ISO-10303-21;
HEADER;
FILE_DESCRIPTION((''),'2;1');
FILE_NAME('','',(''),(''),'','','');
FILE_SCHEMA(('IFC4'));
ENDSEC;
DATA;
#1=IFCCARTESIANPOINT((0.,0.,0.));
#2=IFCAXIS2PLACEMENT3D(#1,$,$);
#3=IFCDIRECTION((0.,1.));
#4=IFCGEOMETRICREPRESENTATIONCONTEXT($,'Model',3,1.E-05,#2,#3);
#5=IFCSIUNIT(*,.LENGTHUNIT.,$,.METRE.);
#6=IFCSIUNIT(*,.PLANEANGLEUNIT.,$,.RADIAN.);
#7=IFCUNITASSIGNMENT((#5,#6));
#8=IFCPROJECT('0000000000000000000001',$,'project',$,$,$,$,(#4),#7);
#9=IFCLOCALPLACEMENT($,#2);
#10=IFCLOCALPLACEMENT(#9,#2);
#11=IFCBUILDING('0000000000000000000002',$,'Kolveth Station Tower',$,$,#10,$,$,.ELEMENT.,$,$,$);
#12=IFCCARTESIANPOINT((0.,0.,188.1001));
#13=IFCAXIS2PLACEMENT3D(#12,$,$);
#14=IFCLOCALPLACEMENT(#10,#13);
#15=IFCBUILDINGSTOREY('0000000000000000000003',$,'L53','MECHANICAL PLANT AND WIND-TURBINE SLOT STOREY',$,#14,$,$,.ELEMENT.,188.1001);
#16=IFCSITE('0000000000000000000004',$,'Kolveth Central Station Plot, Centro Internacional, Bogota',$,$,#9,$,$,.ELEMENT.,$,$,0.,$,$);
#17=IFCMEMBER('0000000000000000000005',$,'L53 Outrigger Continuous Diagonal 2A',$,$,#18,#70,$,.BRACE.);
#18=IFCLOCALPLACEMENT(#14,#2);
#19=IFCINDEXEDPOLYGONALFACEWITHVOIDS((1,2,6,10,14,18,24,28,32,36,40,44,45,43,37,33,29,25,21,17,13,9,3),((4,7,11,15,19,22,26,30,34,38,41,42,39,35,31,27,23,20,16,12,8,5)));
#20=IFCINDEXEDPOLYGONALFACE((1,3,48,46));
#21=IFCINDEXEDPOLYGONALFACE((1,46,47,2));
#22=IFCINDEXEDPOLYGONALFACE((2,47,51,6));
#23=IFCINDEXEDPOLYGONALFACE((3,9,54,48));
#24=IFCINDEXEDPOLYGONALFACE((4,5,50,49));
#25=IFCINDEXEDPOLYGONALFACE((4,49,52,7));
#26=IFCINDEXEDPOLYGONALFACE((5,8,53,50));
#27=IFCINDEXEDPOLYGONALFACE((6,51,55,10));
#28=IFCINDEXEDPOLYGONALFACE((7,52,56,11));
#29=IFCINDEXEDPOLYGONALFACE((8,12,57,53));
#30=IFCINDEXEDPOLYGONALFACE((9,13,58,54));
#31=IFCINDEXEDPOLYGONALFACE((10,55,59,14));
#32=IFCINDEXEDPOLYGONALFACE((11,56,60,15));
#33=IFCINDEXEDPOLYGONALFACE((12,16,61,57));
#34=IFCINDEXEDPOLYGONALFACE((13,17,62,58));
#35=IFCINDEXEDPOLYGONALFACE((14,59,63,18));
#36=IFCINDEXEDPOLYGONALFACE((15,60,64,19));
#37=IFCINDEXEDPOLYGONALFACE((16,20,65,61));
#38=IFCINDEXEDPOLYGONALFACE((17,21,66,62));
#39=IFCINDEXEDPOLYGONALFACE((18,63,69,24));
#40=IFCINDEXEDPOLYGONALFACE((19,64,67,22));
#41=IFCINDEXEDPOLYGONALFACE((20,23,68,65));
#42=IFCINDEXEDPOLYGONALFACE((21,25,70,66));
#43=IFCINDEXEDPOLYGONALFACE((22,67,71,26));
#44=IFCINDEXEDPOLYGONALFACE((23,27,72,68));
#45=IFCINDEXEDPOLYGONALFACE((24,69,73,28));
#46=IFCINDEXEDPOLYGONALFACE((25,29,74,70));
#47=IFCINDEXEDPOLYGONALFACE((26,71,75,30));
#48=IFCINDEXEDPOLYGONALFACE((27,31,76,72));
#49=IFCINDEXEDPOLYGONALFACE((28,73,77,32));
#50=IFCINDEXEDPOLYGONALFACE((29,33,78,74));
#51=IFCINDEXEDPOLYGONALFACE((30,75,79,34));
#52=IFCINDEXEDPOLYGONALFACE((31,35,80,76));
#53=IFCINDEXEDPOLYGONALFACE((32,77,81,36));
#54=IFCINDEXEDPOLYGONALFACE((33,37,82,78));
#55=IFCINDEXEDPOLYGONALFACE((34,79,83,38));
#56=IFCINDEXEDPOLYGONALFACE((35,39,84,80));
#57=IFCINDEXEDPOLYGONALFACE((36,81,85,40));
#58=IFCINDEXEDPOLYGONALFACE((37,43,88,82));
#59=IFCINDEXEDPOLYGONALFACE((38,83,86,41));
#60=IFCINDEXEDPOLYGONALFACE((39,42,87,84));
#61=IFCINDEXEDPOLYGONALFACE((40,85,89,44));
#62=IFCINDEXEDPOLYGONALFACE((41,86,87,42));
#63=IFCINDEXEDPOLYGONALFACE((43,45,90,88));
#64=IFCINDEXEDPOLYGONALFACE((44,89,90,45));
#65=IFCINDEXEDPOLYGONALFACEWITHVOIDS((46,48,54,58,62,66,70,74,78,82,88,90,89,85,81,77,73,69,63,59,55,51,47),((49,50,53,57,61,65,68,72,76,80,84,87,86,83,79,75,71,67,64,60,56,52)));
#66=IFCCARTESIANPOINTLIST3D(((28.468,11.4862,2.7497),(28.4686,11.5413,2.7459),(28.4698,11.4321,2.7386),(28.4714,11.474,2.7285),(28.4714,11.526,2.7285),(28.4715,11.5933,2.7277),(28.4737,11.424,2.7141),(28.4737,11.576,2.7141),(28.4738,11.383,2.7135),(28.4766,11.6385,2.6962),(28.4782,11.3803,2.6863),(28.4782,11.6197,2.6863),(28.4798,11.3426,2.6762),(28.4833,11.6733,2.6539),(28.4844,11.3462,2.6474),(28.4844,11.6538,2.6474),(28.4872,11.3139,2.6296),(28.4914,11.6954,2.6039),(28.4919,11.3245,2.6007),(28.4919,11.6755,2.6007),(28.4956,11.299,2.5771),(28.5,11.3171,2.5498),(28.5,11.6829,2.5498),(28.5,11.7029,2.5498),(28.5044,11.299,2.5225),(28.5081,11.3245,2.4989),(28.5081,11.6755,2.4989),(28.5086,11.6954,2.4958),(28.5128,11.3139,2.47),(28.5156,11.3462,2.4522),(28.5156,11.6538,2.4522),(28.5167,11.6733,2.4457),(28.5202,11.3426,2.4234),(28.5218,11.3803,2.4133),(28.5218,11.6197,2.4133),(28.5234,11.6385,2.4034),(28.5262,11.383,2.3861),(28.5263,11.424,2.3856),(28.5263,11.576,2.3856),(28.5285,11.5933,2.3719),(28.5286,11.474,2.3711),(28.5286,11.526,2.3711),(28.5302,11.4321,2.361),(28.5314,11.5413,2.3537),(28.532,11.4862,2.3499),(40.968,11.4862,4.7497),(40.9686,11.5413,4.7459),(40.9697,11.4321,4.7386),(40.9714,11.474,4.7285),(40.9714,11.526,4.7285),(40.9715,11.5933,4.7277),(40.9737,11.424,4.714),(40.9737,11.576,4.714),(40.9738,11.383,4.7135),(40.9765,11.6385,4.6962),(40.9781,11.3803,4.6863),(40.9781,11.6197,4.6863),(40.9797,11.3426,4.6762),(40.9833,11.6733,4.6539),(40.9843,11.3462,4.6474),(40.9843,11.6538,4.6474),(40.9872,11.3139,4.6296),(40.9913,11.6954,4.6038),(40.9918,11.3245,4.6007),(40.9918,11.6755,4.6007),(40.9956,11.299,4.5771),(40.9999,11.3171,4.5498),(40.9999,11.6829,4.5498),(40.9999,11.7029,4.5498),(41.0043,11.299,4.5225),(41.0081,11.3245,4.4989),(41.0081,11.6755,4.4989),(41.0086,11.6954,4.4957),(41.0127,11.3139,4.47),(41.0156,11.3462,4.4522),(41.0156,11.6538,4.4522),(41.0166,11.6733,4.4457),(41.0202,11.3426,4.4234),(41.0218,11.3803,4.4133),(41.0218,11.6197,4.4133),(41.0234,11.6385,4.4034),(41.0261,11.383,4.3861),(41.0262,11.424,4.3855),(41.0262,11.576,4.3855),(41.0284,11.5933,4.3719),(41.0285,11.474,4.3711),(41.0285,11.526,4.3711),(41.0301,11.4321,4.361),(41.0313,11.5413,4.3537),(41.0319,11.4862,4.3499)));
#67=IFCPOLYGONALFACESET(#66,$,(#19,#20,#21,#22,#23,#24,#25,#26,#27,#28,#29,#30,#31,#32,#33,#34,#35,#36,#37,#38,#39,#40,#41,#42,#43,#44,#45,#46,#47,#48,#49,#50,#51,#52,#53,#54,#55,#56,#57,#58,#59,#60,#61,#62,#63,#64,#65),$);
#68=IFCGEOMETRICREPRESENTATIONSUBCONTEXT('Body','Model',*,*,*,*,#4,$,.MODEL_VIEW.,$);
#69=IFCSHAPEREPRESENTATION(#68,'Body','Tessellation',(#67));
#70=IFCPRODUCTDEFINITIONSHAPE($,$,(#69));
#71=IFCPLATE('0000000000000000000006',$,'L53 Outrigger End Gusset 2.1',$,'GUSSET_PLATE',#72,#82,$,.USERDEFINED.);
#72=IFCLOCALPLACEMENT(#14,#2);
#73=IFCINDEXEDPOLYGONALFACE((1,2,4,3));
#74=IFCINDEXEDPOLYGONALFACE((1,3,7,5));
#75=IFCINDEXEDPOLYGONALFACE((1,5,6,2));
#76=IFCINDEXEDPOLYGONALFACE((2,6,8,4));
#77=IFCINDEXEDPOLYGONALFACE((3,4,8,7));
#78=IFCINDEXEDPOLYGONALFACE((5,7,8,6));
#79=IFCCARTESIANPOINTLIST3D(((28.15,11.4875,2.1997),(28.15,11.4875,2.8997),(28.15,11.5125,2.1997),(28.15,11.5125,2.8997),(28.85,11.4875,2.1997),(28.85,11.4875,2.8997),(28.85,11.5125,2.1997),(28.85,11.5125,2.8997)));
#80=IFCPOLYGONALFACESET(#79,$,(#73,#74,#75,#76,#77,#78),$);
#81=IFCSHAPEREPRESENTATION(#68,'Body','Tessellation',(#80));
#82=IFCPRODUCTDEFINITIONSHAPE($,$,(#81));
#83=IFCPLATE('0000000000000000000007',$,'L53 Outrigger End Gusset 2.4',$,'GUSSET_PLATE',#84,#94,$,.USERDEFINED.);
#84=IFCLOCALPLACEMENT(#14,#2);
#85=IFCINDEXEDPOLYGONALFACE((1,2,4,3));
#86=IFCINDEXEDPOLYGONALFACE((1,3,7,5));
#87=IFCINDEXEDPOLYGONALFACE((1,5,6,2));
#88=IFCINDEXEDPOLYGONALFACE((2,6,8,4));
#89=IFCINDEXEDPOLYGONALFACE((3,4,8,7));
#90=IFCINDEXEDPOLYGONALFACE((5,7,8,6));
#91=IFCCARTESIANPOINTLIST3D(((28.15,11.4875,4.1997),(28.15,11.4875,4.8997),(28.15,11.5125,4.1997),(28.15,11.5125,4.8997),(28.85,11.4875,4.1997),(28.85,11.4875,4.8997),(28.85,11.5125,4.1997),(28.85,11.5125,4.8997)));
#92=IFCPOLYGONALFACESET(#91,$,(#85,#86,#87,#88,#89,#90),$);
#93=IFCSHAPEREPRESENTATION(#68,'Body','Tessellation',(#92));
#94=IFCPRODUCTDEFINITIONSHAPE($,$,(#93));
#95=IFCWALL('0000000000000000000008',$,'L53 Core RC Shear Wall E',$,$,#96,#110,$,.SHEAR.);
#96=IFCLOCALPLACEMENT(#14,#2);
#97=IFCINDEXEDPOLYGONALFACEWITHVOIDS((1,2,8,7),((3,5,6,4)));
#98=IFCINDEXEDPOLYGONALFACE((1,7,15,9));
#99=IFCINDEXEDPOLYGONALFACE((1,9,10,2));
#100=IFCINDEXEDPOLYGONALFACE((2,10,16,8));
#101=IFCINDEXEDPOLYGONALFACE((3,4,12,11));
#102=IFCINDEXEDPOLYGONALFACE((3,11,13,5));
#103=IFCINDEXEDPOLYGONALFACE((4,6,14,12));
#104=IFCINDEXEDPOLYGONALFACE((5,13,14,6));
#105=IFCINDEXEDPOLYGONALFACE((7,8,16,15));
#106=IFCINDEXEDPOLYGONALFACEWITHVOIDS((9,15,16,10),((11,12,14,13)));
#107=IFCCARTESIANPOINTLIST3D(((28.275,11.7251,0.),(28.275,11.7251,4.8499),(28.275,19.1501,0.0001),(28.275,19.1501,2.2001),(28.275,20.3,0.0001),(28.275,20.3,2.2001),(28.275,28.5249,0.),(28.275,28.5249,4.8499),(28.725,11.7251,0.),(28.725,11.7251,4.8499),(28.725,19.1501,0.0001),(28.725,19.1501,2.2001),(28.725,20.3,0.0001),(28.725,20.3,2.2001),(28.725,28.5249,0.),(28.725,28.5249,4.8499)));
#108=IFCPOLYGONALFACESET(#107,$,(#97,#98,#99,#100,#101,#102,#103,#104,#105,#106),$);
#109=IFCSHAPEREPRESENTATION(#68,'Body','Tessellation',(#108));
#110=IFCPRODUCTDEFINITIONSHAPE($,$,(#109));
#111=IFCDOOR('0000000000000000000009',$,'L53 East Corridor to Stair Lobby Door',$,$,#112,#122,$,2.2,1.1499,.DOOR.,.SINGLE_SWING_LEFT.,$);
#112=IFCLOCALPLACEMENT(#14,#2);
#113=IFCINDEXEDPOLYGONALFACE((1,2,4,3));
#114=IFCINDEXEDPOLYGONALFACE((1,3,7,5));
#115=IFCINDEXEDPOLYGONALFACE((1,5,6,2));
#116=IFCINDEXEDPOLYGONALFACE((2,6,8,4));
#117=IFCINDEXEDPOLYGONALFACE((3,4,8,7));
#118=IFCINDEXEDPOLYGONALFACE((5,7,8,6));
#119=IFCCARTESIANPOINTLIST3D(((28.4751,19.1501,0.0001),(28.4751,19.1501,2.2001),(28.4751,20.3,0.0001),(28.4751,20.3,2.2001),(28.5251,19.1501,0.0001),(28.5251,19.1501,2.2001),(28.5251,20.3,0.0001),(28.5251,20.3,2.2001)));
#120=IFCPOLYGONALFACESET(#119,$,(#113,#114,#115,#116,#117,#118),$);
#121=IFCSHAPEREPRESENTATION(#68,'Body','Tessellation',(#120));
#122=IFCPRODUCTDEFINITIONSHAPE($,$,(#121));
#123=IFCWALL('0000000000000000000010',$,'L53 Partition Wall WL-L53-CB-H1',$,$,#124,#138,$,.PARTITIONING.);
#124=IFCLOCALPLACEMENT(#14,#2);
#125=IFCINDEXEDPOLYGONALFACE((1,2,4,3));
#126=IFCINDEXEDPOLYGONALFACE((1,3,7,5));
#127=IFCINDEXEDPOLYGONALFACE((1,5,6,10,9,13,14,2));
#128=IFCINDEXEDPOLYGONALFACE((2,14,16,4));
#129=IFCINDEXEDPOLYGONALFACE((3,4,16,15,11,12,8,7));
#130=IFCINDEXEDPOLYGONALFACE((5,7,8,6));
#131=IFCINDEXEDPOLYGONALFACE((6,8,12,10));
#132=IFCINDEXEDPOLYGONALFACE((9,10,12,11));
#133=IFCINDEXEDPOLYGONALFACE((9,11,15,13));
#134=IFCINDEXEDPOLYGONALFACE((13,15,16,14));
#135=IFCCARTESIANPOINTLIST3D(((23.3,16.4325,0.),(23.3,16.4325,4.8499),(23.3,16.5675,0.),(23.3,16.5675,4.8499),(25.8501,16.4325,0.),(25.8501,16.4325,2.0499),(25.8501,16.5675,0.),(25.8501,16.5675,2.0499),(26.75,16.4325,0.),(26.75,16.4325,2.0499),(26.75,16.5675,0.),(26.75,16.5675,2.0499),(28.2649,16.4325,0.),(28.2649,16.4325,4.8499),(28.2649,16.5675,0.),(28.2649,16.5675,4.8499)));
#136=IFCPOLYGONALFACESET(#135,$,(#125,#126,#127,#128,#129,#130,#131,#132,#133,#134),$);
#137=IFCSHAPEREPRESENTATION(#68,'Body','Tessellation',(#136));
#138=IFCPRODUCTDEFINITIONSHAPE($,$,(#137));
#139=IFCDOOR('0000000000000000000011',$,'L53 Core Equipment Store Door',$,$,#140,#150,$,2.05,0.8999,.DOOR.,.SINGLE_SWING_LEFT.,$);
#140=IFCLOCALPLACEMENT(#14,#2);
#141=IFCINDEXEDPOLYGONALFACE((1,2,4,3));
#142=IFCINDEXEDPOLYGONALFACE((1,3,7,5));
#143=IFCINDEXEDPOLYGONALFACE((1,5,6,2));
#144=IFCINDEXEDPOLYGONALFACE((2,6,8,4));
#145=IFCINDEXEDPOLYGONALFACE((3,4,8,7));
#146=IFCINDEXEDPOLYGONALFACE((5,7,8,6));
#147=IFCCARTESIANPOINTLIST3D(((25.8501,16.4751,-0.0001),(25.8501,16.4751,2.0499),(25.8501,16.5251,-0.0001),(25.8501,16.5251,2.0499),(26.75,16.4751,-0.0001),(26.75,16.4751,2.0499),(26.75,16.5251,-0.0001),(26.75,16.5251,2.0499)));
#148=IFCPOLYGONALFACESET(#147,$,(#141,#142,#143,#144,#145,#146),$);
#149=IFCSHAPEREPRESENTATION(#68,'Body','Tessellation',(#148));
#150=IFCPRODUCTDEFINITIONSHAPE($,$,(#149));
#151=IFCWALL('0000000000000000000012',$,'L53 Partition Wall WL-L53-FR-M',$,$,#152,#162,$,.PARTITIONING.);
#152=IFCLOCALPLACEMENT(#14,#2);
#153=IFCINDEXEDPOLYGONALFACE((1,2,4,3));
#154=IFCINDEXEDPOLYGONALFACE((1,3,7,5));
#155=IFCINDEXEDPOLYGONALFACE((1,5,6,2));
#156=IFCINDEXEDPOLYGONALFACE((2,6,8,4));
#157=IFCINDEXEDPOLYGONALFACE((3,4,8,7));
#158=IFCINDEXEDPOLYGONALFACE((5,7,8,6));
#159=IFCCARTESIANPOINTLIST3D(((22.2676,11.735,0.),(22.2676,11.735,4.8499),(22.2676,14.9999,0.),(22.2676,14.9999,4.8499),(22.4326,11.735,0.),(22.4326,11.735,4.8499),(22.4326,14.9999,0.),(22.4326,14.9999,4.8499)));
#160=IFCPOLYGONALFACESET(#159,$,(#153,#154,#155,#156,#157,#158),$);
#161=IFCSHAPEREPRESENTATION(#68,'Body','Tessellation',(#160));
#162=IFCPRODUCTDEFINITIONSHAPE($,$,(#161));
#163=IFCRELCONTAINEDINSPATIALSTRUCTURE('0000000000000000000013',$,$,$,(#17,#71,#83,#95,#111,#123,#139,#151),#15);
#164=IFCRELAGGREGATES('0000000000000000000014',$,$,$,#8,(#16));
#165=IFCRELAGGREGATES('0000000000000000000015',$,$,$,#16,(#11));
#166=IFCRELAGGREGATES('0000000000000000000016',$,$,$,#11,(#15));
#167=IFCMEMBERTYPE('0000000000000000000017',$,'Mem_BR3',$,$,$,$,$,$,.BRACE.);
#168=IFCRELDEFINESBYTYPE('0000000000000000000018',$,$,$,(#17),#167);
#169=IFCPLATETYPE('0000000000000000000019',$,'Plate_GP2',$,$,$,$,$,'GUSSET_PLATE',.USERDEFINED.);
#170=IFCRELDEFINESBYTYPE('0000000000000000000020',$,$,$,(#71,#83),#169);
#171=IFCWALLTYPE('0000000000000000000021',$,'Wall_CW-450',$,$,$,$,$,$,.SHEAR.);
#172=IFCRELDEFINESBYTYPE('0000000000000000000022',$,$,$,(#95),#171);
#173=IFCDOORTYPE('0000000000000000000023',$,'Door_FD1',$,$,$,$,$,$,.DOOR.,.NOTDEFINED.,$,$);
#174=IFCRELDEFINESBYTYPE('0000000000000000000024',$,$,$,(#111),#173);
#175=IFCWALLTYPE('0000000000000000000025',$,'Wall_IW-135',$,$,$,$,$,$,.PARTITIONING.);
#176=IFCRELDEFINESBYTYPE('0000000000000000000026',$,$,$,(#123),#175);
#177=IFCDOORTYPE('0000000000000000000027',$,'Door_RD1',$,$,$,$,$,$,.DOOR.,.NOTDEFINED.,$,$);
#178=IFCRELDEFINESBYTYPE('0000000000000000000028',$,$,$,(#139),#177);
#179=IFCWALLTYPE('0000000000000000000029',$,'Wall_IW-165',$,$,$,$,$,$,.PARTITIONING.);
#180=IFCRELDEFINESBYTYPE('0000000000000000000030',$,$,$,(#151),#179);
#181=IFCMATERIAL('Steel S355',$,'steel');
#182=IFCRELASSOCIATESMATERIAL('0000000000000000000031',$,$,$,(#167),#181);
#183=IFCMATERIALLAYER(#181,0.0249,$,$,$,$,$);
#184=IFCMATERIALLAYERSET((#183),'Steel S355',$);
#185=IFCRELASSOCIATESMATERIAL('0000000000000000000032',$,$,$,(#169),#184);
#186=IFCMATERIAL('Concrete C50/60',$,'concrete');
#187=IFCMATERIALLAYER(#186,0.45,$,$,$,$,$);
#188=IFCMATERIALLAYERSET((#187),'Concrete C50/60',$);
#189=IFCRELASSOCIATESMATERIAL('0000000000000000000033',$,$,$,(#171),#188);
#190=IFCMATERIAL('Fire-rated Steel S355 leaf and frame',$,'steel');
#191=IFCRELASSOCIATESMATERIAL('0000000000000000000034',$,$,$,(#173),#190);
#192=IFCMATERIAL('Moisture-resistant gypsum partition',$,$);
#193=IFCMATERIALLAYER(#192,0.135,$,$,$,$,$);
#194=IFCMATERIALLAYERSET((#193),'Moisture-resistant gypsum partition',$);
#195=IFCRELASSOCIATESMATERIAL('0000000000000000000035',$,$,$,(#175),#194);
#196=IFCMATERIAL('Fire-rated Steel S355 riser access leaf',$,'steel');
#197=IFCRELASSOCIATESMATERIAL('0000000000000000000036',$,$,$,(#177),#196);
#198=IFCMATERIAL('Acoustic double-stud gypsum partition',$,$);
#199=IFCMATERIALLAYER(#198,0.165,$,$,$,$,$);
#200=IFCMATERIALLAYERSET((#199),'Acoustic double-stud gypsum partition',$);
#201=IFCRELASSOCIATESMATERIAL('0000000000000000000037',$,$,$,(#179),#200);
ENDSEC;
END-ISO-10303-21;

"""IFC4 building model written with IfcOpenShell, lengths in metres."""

from ifc_helpers import new_model, si_unit, direction, frame, frame_2d, origin, origin_2d, place, context, subcontext, project, spatial, rectangle, hollow_circle, extrude, source, transform, mapped, material, layer, layer_set, material_profile, profile_set, type_object, element, fill, save


model = new_model("IFC4")

# Units and contexts
model_context = context("Model", 3, precision=1e-05, world=origin(), true_north=direction((0.0, 1.0)))
body_context = subcontext(model_context, "Body", "Model", "MODEL_VIEW")
ifc_project = project(units=[si_unit("LENGTHUNIT", "METRE"), si_unit("PLANEANGLEUNIT", "RADIAN")], contexts=[model_context])

# Site, building, storey
site_placement = place(None, origin())
site = spatial("IfcSite", under=ifc_project, at=site_placement, Name="Kolveth Central Station Plot, Centro Internacional, Bogota", CompositionType="ELEMENT", RefElevation=0.0)
building_placement = place(site_placement, origin())
building = spatial("IfcBuilding", under=site, at=building_placement, Name="Kolveth Station Tower", CompositionType="ELEMENT")
storey_placement = place(building_placement, frame((0.0, 0.0, 188.1001)))
storey = spatial("IfcBuildingStorey", under=building, at=storey_placement, Name="L53", Description="MECHANICAL PLANT AND WIND-TURBINE SLOT STOREY", CompositionType="ELEMENT", Elevation=188.1001)

# Shared definitions
ifc_material_1 = material(Name="Steel S355", Category="steel")

# Member
ifc_material_profile_1 = material_profile(ifc_material_1, hollow_circle(Radius=0.2029, WallThickness=0.02, at=origin_2d()), Name="CHS406x20")
ifc_profile_set_1 = profile_set([ifc_material_profile_1], Name="Steel S355")
member_type = type_object("IfcMemberType", Name="Mem_BR3", PredefinedType="BRACE", material=ifc_profile_set_1)
shared_shape_1 = source(origin(), body_context, "Body", "SweptSolid", [
    extrude(hollow_circle(Radius=0.2029, WallThickness=0.02, at=origin_2d()), origin(), (0.0, 0.0, 1.0), 12.6589),
])
member_placement = place(storey_placement, frame((28.5, 11.5, 2.5498), z_axis=(0.987441, 0.0, 0.157991), x_axis=(0.0, 1.0, 0.0)))
element("IfcMember", 1, at=member_placement, inside=storey, type_object=member_type, Name="L53 Outrigger Continuous Diagonal 2A", PredefinedType="BRACE", context=body_context, shape_type="MappedRepresentation", body=[
    mapped(shared_shape_1, transform((0.0, 0.0, 0.0), x_axis=(1.0, 0.0, 0.0), y_axis=(0.0, 1.0, 0.0), z_axis=(0.0, 0.0, 1.0), scale=1.0)),
])

# Plates
ifc_layer_1 = layer(ifc_material_1, 0.0249)
ifc_layer_set_1 = layer_set([ifc_layer_1], Name="Steel S355")
plate_type = type_object("IfcPlateType", Name="Plate_GP2", ElementType="GUSSET_PLATE", PredefinedType="USERDEFINED", material=ifc_layer_set_1)
shared_shape_2 = source(origin(), body_context, "Body", "SweptSolid", [
    extrude(rectangle(XDim=0.7, YDim=0.0249, at=origin_2d()), origin(), (0.0, 0.0, 1.0), 0.7),
])
for number, where, z_axis, x_axis, name in (
    (2, (28.5, 11.5, 2.1997), (0.0, 0.0, 1.0), (1.0, 0.0, 0.0), "L53 Outrigger End Gusset 2.1"),
    (3, (28.5, 11.5, 4.1997), (0.0, 0.0, 1.0), (1.0, 0.0, 0.0), "L53 Outrigger End Gusset 2.4"),
):
    element("IfcPlate", number, at=place(storey_placement, frame(where, z_axis=z_axis, x_axis=x_axis)), inside=storey, type_object=plate_type, Name=name, ObjectType="GUSSET_PLATE", PredefinedType="USERDEFINED", context=body_context, shape_type="MappedRepresentation", body=[
        mapped(shared_shape_2, transform((0.0, 0.0, 0.0), x_axis=(1.0, 0.0, 0.0), y_axis=(0.0, 1.0, 0.0), z_axis=(0.0, 0.0, 1.0), scale=1.0)),
    ])

# Walls, openings, doors
ifc_material_2 = material(Name="Concrete C50/60", Category="concrete")
ifc_layer_2 = layer(ifc_material_2, 0.45)
ifc_layer_set_2 = layer_set([ifc_layer_2], Name="Concrete C50/60")
wall_type_1 = type_object("IfcWallType", Name="Wall_CW-450", PredefinedType="SHEAR", material=ifc_layer_set_2)
wall_1_placement = place(storey_placement, frame((28.5, 11.7251, 0.0), z_axis=(0.0, 0.0, 1.0), x_axis=(0.0, 1.0, 0.0)))
wall_1 = element("IfcWall", 4, at=wall_1_placement, inside=storey, type_object=wall_type_1, Name="L53 Core RC Shear Wall E", PredefinedType="SHEAR", context=body_context, shape_type="SweptSolid", body=[
    extrude(rectangle(XDim=16.7998, YDim=0.45, at=frame_2d((8.3999, 0.0))), origin(), (0.0, 0.0, 1.0), 4.8499),
])
opening_1_placement = place(wall_1_placement, frame((7.425, 0.0, 0.0)))
opening_1 = element("IfcOpeningElement", 5, at=opening_1_placement, cuts=wall_1, PredefinedType="OPENING", context=body_context, shape_type="SweptSolid", body=[
    extrude(rectangle(XDim=1.1499, YDim=2.2, at=frame_2d((0.575, 1.1001))), frame((0.0, 0.2349, 0.0), z_axis=(0.0, -1.0, 0.0), x_axis=(1.0, 0.0, 0.0)), (0.0, 0.0, 1.0), 0.47),
])
ifc_material_3 = material(Name="Fire-rated Steel S355 leaf and frame", Category="steel")
door_type_1 = type_object("IfcDoorType", Name="Door_FD1", OperationType="NOTDEFINED", PredefinedType="DOOR", material=ifc_material_3)
door_1_placement = place(opening_1_placement, origin())
door_1 = element("IfcDoor", 6, at=door_1_placement, inside=storey, type_object=door_type_1, Name="L53 East Corridor to Stair Lobby Door", OperationType="SINGLE_SWING_LEFT", OverallHeight=2.2, OverallWidth=1.1499, PredefinedType="DOOR", context=body_context, shape_type="SweptSolid", body=[
    extrude(rectangle(XDim=1.1499, YDim=2.2, at=frame_2d((0.575, 1.1001))), frame((0.0, 0.0249, 0.0), z_axis=(0.0, -1.0, 0.0), x_axis=(1.0, 0.0, 0.0)), (0.0, 0.0, 1.0), 0.05),
])
fill(opening_1, door_1)
ifc_material_4 = material(Name="Moisture-resistant gypsum partition")
ifc_layer_3 = layer(ifc_material_4, 0.135)
ifc_layer_set_3 = layer_set([ifc_layer_3], Name="Moisture-resistant gypsum partition")
wall_type_2 = type_object("IfcWallType", Name="Wall_IW-135", PredefinedType="PARTITIONING", material=ifc_layer_set_3)
wall_2_placement = place(storey_placement, frame((23.3, 16.5, 0.0), z_axis=(0.0, 0.0, 1.0), x_axis=(1.0, 0.0, 0.0)))
wall_2 = element("IfcWall", 7, at=wall_2_placement, inside=storey, type_object=wall_type_2, Name="L53 Partition Wall WL-L53-CB-H1", PredefinedType="PARTITIONING", context=body_context, shape_type="SweptSolid", body=[
    extrude(rectangle(XDim=4.9648, YDim=0.135, at=frame_2d((2.4824, 0.0))), origin(), (0.0, 0.0, 1.0), 4.8499),
])
opening_2_placement = place(wall_2_placement, frame((2.55, 0.0, 0.0)))
opening_2 = element("IfcOpeningElement", 8, at=opening_2_placement, cuts=wall_2, PredefinedType="OPENING", context=body_context, shape_type="SweptSolid", body=[
    extrude(rectangle(XDim=0.8999, YDim=2.05, at=frame_2d((0.45, 1.0249))), frame((0.0, 0.0774, 0.0), z_axis=(0.0, -1.0, 0.0), x_axis=(1.0, 0.0, 0.0)), (0.0, 0.0, 1.0), 0.155),
])
ifc_material_5 = material(Name="Fire-rated Steel S355 riser access leaf", Category="steel")
door_type_2 = type_object("IfcDoorType", Name="Door_RD1", OperationType="NOTDEFINED", PredefinedType="DOOR", material=ifc_material_5)
door_2_placement = place(opening_2_placement, frame((0.8999, 0.0, 0.0), z_axis=(0.0, 0.0, 1.0), x_axis=(-1.0, 0.0, 0.0)))
door_2 = element("IfcDoor", 9, at=door_2_placement, inside=storey, type_object=door_type_2, Name="L53 Core Equipment Store Door", OperationType="SINGLE_SWING_LEFT", OverallHeight=2.05, OverallWidth=0.8999, PredefinedType="DOOR", context=body_context, shape_type="SweptSolid", body=[
    extrude(rectangle(XDim=0.8999, YDim=2.05, at=frame_2d((0.45, 1.0249))), frame((0.0, 0.0249, 0.0), z_axis=(0.0, -1.0, 0.0), x_axis=(1.0, 0.0, 0.0)), (0.0, 0.0, 1.0), 0.05),
])
fill(opening_2, door_2)

# Wall
ifc_material_6 = material(Name="Acoustic double-stud gypsum partition")
ifc_layer_4 = layer(ifc_material_6, 0.165)
ifc_layer_set_4 = layer_set([ifc_layer_4], Name="Acoustic double-stud gypsum partition")
wall_type_3 = type_object("IfcWallType", Name="Wall_IW-165", PredefinedType="PARTITIONING", material=ifc_layer_set_4)
wall_3_placement = place(storey_placement, frame((22.3501, 11.7351, 0.0), z_axis=(0.0, 0.0, 1.0), x_axis=(0.0, 1.0, 0.0)))
element("IfcWall", 10, at=wall_3_placement, inside=storey, type_object=wall_type_3, Name="L53 Partition Wall WL-L53-FR-M", PredefinedType="PARTITIONING", context=body_context, shape_type="SweptSolid", body=[
    extrude(rectangle(XDim=3.2649, YDim=0.165, at=frame_2d((1.6323, 0.0))), origin(), (0.0, 0.0, 1.0), 4.8499),
])

save(model, "model.ifc")
